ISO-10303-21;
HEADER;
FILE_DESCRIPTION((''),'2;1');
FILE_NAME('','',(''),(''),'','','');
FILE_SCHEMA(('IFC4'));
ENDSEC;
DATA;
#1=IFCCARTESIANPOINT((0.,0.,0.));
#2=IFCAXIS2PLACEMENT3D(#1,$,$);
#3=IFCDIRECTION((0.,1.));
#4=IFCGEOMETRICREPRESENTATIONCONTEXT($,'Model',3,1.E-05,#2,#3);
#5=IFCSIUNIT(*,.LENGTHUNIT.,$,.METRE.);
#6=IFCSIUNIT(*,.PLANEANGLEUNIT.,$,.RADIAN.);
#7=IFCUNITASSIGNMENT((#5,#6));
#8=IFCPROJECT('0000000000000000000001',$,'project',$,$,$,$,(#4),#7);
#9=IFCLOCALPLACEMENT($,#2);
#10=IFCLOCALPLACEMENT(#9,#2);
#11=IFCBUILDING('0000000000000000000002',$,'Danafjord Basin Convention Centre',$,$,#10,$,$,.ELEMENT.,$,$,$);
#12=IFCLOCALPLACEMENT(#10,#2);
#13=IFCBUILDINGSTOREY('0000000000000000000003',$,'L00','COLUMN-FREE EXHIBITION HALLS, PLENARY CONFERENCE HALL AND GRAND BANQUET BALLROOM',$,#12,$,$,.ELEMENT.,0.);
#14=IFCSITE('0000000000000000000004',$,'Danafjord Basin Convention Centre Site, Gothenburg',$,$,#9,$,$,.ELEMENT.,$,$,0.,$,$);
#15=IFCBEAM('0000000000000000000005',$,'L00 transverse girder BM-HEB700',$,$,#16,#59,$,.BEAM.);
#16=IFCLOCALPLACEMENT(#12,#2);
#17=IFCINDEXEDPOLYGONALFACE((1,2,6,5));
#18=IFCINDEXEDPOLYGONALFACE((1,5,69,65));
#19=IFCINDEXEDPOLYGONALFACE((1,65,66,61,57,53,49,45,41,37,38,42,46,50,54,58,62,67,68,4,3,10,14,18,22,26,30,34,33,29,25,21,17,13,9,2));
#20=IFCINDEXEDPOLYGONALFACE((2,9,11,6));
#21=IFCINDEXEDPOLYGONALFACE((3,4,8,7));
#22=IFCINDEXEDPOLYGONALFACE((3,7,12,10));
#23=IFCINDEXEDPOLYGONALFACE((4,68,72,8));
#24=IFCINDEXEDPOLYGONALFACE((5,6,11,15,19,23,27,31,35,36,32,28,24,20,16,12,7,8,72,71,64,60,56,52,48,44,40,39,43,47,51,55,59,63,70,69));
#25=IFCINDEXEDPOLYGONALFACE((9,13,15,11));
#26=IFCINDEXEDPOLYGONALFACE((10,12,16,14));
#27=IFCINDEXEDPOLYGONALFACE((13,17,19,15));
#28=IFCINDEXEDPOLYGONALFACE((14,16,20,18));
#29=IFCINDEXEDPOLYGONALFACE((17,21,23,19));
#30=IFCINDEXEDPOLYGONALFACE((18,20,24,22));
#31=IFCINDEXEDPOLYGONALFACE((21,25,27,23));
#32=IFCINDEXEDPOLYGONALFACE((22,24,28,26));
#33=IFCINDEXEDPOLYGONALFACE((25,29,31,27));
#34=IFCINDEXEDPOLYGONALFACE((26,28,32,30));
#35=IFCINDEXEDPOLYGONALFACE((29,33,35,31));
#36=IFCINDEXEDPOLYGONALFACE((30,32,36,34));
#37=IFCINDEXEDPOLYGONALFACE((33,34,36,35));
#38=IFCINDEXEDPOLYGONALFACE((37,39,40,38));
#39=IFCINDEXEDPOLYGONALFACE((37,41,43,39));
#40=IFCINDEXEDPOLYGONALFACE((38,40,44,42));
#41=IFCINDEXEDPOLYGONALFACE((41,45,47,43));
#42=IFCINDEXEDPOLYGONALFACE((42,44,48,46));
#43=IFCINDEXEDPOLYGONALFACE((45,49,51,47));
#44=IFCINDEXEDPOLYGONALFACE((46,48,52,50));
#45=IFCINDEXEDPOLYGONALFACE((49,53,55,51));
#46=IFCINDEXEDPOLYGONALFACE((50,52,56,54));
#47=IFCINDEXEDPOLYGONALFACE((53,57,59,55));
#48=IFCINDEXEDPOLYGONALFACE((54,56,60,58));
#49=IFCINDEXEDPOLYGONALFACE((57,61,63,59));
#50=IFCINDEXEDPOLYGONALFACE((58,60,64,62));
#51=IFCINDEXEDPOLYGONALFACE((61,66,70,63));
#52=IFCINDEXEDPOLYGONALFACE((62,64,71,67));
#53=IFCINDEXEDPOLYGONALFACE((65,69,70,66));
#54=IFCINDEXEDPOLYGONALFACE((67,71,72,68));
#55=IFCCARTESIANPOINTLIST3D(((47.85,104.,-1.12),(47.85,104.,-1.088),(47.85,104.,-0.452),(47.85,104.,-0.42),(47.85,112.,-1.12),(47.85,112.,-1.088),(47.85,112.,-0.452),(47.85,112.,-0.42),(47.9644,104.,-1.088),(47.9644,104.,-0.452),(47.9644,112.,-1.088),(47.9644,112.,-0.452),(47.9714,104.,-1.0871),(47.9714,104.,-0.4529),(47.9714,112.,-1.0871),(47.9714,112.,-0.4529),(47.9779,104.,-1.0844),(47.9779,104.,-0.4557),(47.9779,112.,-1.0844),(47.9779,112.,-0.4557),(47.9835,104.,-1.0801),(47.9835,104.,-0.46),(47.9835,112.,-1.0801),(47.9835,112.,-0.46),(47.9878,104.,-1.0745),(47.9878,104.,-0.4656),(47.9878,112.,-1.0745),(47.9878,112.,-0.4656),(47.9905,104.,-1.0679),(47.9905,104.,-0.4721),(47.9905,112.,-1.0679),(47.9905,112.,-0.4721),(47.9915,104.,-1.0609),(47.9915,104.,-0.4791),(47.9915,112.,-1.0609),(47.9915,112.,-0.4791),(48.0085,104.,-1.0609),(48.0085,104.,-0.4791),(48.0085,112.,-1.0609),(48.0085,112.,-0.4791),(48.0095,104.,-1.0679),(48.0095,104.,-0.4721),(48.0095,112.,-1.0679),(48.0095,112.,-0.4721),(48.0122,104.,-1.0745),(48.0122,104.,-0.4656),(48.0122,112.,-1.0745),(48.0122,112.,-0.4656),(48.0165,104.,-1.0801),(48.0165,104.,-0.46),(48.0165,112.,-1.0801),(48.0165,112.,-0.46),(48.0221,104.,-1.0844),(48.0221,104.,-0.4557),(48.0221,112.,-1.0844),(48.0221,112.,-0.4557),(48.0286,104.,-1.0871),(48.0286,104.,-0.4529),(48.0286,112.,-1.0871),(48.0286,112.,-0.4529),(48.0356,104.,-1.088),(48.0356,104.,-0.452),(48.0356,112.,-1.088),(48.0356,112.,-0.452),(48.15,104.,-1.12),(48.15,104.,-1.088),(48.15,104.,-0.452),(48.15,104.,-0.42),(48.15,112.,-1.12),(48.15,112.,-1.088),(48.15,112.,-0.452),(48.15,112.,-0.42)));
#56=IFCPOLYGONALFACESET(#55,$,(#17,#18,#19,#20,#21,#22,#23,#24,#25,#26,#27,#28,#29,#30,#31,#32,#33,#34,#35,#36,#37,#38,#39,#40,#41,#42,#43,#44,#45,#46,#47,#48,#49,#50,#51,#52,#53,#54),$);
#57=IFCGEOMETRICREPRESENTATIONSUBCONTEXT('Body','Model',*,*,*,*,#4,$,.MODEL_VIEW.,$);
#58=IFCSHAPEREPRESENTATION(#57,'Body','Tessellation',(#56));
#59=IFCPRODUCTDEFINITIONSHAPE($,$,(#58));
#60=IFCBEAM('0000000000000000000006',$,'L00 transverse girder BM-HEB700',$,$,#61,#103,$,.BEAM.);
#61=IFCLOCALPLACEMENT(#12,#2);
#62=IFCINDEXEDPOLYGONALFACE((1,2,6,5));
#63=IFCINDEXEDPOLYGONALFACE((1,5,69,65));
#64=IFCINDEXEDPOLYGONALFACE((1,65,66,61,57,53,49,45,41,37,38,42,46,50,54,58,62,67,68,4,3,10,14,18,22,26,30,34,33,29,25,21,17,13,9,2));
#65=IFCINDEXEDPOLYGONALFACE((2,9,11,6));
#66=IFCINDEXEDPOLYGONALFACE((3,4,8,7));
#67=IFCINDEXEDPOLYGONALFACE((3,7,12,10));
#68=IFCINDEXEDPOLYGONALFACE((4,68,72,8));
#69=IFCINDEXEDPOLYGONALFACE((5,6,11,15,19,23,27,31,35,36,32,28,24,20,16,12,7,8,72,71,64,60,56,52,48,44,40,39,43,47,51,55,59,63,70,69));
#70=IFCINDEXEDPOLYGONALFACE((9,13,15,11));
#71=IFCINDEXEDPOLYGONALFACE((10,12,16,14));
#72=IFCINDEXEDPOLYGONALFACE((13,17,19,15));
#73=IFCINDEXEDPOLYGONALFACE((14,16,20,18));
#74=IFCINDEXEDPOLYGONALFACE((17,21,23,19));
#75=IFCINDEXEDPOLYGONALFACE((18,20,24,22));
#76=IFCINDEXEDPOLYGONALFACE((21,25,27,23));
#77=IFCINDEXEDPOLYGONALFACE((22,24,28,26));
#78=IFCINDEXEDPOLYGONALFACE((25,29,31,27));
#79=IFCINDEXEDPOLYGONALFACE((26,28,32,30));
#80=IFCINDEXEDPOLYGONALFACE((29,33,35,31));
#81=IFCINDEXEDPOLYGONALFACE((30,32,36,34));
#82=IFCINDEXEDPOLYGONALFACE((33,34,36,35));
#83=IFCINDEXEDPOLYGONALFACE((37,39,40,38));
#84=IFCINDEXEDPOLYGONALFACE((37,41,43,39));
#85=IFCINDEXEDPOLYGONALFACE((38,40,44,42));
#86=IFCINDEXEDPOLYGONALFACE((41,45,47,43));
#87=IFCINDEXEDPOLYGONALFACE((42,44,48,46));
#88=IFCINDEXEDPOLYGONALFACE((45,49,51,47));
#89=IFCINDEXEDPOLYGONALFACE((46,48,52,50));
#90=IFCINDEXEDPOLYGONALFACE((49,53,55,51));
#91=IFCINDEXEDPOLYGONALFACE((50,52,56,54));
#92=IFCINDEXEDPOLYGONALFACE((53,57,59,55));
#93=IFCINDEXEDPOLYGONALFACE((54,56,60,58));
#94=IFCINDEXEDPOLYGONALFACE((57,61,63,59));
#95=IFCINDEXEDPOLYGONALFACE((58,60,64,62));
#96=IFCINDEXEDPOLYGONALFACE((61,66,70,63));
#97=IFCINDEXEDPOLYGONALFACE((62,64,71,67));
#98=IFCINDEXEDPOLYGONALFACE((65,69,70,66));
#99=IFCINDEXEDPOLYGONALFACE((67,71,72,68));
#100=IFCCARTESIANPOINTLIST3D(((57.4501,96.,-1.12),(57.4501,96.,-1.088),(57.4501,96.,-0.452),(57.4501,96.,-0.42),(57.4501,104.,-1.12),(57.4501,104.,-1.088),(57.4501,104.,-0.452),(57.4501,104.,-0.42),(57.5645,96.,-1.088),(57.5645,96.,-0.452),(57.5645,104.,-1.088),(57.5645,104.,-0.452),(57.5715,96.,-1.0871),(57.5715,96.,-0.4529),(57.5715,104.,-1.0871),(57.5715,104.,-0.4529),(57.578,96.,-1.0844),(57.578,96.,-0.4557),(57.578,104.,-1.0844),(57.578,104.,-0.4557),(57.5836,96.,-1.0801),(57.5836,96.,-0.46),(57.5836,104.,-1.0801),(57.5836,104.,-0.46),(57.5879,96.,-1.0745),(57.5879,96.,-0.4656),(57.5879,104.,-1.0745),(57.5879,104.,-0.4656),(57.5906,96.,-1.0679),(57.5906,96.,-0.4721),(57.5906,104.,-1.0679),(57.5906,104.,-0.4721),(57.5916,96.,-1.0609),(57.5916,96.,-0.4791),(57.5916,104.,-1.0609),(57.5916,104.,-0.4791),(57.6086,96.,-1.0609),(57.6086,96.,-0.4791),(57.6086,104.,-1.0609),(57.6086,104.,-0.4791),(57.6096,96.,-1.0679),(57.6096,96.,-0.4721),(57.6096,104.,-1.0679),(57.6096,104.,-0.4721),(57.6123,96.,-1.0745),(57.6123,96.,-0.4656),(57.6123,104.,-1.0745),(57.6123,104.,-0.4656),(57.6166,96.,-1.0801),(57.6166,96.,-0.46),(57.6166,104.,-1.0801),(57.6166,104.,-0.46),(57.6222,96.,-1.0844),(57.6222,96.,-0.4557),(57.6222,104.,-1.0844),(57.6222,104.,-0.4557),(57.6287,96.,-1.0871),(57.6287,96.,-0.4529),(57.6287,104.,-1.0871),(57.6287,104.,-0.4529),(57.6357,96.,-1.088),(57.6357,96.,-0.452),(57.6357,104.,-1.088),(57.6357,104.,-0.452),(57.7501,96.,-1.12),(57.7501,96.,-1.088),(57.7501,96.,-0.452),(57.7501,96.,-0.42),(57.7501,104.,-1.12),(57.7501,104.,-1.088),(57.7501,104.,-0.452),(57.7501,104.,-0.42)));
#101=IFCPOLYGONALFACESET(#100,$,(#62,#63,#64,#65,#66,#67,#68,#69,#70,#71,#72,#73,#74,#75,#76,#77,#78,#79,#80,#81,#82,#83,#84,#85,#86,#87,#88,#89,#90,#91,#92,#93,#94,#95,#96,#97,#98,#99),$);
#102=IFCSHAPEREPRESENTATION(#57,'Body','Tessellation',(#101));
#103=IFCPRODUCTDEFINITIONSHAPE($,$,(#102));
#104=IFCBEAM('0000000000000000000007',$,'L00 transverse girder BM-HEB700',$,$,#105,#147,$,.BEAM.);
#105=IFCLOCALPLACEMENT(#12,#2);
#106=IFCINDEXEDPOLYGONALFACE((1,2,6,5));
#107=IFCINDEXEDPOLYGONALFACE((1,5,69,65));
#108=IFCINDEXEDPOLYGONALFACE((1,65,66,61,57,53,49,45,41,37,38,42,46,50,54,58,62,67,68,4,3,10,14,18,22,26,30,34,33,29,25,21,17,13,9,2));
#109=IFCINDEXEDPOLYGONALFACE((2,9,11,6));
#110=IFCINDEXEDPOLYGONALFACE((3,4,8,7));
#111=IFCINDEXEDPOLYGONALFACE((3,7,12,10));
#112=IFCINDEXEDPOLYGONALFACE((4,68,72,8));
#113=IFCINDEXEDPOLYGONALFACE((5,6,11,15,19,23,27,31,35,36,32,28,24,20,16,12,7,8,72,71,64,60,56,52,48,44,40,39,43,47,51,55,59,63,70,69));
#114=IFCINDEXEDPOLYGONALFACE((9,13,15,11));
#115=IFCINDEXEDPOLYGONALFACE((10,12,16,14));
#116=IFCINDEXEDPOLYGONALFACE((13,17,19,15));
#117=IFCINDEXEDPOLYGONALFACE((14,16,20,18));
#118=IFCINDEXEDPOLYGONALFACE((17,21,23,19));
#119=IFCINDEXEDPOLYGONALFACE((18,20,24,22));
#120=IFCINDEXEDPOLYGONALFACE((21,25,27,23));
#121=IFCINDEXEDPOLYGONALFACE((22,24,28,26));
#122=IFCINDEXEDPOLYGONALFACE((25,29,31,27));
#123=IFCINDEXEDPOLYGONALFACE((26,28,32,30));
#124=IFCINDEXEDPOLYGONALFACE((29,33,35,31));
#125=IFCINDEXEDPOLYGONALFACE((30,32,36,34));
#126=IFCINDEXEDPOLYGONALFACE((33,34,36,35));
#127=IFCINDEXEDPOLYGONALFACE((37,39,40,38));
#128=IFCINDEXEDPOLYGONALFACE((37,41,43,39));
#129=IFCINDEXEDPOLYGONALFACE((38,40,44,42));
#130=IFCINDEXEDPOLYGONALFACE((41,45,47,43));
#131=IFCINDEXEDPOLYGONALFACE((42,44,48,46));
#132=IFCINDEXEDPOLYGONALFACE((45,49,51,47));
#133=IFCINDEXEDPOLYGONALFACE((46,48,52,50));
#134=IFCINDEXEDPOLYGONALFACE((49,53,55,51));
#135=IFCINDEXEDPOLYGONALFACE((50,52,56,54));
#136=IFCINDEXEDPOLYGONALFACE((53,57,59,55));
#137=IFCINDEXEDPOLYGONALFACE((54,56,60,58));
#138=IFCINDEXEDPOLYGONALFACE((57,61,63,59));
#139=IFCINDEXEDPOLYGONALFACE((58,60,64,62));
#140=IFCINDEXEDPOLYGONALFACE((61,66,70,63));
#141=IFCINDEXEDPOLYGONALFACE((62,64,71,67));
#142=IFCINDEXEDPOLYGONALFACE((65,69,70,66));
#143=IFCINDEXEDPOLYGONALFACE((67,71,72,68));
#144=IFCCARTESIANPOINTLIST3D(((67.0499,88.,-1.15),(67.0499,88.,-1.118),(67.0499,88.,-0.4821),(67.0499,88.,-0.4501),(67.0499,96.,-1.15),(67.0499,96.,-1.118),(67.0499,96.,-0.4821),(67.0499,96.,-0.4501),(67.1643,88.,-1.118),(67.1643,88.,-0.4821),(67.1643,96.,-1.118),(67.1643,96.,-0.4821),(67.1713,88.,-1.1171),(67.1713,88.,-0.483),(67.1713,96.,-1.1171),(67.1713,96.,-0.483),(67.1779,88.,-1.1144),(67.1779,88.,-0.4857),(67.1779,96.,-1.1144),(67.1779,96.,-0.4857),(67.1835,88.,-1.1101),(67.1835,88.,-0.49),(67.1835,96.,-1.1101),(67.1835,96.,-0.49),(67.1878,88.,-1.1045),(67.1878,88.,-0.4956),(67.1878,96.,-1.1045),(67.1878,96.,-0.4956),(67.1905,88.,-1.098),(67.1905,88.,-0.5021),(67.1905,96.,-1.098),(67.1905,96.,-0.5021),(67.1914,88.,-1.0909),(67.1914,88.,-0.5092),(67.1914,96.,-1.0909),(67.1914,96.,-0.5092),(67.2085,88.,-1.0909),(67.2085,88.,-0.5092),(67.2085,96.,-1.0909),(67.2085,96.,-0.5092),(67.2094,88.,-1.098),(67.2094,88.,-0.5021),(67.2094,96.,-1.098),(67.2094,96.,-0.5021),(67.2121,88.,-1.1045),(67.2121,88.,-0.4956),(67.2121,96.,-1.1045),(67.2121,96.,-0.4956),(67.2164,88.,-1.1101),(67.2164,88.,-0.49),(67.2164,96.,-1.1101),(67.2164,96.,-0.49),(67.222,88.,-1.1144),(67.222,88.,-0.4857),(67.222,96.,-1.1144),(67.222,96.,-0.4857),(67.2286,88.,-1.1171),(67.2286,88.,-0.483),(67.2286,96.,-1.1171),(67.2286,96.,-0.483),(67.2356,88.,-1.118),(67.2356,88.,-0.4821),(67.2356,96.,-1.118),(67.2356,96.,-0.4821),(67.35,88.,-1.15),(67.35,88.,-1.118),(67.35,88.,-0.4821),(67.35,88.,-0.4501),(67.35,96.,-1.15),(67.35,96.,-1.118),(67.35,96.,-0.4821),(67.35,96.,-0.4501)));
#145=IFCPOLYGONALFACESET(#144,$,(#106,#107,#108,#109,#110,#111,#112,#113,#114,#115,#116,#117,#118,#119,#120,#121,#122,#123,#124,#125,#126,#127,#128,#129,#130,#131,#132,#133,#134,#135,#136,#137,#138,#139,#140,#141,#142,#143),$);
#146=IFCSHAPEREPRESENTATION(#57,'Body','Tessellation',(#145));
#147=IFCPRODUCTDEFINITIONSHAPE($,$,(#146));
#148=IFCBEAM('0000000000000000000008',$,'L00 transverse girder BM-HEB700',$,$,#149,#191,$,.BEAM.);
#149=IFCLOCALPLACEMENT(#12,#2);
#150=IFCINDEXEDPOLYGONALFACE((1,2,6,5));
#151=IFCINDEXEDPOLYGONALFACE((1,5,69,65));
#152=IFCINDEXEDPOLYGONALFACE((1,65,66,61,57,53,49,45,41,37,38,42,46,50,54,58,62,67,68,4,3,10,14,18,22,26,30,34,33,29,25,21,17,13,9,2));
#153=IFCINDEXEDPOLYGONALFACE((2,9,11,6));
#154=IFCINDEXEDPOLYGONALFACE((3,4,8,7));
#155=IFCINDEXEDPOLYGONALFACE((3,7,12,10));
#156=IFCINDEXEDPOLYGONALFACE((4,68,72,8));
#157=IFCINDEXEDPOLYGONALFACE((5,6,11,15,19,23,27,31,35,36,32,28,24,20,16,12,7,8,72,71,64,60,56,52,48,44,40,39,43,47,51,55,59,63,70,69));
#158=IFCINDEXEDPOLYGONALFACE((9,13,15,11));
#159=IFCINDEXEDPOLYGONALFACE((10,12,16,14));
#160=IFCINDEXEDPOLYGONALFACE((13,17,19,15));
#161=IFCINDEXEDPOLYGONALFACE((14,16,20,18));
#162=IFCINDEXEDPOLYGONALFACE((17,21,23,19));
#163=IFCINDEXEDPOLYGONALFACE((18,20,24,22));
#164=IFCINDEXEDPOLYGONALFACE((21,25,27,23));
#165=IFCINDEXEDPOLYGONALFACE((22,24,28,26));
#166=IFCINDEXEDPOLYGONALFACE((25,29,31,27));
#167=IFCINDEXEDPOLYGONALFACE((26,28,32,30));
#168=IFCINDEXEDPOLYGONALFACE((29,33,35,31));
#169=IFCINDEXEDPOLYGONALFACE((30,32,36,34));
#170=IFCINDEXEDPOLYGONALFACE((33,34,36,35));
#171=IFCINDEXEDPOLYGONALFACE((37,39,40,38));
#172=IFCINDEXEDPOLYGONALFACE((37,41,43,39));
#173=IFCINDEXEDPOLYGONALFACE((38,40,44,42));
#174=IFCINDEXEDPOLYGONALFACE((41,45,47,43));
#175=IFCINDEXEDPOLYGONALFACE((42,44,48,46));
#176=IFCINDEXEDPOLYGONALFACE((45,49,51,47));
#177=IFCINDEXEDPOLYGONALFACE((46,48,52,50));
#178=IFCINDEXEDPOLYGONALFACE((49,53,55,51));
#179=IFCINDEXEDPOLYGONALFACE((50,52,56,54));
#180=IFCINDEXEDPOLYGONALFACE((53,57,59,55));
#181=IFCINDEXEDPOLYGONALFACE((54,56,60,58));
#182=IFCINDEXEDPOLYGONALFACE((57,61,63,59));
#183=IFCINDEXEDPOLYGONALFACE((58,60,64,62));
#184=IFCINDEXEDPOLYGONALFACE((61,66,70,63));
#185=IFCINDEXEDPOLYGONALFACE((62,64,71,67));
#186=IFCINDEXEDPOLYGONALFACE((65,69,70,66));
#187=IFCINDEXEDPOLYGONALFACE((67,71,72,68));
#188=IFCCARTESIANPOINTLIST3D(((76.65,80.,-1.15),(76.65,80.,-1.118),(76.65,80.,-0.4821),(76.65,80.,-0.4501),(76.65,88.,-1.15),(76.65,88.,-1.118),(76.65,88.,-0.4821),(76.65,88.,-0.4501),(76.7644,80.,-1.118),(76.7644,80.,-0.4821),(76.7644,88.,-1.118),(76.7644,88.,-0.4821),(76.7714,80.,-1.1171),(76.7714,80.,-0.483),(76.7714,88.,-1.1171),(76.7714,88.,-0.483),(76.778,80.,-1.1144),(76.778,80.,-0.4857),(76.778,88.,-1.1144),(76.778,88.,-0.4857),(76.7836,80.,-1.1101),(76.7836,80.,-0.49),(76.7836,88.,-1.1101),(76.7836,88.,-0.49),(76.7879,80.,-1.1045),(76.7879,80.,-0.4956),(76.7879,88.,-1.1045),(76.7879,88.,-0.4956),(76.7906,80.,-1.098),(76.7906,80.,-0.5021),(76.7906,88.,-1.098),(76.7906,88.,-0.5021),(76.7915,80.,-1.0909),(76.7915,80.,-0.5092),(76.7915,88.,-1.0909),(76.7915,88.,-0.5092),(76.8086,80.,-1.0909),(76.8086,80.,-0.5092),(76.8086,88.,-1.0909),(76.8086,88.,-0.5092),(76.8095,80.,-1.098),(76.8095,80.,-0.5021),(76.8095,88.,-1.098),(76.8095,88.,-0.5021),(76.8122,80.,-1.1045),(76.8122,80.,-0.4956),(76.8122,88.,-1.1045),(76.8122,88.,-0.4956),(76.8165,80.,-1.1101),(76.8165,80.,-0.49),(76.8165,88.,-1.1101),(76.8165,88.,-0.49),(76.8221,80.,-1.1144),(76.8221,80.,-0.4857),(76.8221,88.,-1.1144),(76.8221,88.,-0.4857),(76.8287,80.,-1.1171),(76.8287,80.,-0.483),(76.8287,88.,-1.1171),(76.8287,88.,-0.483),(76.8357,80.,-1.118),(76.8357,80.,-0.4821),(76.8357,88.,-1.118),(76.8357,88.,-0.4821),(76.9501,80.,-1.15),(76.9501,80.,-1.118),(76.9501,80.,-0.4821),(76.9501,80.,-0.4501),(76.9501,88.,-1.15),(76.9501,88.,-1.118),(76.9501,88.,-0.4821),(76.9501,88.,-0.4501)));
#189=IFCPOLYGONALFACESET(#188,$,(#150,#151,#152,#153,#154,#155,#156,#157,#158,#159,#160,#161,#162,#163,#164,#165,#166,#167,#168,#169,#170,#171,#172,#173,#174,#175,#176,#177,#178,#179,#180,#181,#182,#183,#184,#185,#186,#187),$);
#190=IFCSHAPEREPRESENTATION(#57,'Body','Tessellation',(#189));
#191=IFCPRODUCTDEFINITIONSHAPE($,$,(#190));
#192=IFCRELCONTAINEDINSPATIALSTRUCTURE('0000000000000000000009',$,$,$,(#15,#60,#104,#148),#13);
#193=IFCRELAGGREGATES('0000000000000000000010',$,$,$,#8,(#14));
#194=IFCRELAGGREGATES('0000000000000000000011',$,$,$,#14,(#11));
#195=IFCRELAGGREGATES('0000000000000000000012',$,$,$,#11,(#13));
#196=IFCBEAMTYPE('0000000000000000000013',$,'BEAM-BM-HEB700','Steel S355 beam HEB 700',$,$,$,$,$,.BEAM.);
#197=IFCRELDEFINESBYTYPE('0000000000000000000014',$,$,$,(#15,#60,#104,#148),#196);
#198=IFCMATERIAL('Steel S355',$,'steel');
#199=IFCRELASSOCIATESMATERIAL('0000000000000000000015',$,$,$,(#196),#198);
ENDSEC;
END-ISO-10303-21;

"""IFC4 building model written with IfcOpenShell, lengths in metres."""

from ifc_helpers import new_model, si_unit, direction, frame, origin, origin_2d, place, context, subcontext, project, spatial, i_section, extrude, material, material_profile, profile_set, type_object, element, save


model = new_model("IFC4")

# Units and contexts
model_context = context("Model", 3, precision=1e-05, world=origin(), true_north=direction((0.0, 1.0)))
body_context = subcontext(model_context, "Body", "Model", "MODEL_VIEW")
ifc_project = project(units=[si_unit("LENGTHUNIT", "METRE"), si_unit("PLANEANGLEUNIT", "RADIAN")], contexts=[model_context])

# Site, building, storey
site_placement = place(None, origin())
site = spatial("IfcSite", under=ifc_project, at=site_placement, Name="Danafjord Basin Convention Centre Site, Gothenburg", CompositionType="ELEMENT", RefElevation=0.0)
building_placement = place(site_placement, origin())
building = spatial("IfcBuilding", under=site, at=building_placement, Name="Danafjord Basin Convention Centre", CompositionType="ELEMENT")
storey_placement = place(building_placement, origin())
storey = spatial("IfcBuildingStorey", under=building, at=storey_placement, Name="L00", Description="COLUMN-FREE EXHIBITION HALLS, PLENARY CONFERENCE HALL AND GRAND BANQUET BALLROOM", CompositionType="ELEMENT", Elevation=0.0)

# Beams
ifc_material_1 = material(Name="Steel S355", Category="steel")
ifc_material_profile_1 = material_profile(ifc_material_1, i_section(OverallWidth=0.3, OverallDepth=0.7, WebThickness=0.0171, FlangeThickness=0.032, FilletRadius=0.0271, at=origin_2d()), Name="HEB 700")
ifc_profile_set_1 = profile_set([ifc_material_profile_1], Name="Steel S355")
beam_type_1 = type_object("IfcBeamType", Name="BEAM-BM-HEB700", Description="Steel S355 beam HEB 700", PredefinedType="BEAM", material=ifc_profile_set_1)
for number, where, z_axis, x_axis, name in (
    (1, (48.0, 104.0, -0.77), (0.0, 1.0, 0.0), (-1.0, 0.0, 0.0), "L00 transverse girder BM-HEB700"),
    (2, (57.6001, 96.0, -0.77), (0.0, 1.0, 0.0), (-1.0, 0.0, 0.0), "L00 transverse girder BM-HEB700"),
    (3, (67.2, 88.0, -0.8), (0.0, 1.0, 0.0), (-1.0, 0.0, 0.0), "L00 transverse girder BM-HEB700"),
    (4, (76.8, 80.0, -0.8), (0.0, 1.0, 0.0), (-1.0, 0.0, 0.0), "L00 transverse girder BM-HEB700"),
):
    element("IfcBeam", number, at=place(storey_placement, frame(where, z_axis=z_axis, x_axis=x_axis)), inside=storey, type_object=beam_type_1, Name=name, PredefinedType="BEAM", context=body_context, shape_type="SweptSolid", body=[
        extrude(i_section(OverallWidth=0.3, OverallDepth=0.7, WebThickness=0.0171, FlangeThickness=0.032, FilletRadius=0.0271, at=origin_2d()), origin(), (0.0, 0.0, 1.0), 8.0),
    ])

save(model, "model.ifc")
